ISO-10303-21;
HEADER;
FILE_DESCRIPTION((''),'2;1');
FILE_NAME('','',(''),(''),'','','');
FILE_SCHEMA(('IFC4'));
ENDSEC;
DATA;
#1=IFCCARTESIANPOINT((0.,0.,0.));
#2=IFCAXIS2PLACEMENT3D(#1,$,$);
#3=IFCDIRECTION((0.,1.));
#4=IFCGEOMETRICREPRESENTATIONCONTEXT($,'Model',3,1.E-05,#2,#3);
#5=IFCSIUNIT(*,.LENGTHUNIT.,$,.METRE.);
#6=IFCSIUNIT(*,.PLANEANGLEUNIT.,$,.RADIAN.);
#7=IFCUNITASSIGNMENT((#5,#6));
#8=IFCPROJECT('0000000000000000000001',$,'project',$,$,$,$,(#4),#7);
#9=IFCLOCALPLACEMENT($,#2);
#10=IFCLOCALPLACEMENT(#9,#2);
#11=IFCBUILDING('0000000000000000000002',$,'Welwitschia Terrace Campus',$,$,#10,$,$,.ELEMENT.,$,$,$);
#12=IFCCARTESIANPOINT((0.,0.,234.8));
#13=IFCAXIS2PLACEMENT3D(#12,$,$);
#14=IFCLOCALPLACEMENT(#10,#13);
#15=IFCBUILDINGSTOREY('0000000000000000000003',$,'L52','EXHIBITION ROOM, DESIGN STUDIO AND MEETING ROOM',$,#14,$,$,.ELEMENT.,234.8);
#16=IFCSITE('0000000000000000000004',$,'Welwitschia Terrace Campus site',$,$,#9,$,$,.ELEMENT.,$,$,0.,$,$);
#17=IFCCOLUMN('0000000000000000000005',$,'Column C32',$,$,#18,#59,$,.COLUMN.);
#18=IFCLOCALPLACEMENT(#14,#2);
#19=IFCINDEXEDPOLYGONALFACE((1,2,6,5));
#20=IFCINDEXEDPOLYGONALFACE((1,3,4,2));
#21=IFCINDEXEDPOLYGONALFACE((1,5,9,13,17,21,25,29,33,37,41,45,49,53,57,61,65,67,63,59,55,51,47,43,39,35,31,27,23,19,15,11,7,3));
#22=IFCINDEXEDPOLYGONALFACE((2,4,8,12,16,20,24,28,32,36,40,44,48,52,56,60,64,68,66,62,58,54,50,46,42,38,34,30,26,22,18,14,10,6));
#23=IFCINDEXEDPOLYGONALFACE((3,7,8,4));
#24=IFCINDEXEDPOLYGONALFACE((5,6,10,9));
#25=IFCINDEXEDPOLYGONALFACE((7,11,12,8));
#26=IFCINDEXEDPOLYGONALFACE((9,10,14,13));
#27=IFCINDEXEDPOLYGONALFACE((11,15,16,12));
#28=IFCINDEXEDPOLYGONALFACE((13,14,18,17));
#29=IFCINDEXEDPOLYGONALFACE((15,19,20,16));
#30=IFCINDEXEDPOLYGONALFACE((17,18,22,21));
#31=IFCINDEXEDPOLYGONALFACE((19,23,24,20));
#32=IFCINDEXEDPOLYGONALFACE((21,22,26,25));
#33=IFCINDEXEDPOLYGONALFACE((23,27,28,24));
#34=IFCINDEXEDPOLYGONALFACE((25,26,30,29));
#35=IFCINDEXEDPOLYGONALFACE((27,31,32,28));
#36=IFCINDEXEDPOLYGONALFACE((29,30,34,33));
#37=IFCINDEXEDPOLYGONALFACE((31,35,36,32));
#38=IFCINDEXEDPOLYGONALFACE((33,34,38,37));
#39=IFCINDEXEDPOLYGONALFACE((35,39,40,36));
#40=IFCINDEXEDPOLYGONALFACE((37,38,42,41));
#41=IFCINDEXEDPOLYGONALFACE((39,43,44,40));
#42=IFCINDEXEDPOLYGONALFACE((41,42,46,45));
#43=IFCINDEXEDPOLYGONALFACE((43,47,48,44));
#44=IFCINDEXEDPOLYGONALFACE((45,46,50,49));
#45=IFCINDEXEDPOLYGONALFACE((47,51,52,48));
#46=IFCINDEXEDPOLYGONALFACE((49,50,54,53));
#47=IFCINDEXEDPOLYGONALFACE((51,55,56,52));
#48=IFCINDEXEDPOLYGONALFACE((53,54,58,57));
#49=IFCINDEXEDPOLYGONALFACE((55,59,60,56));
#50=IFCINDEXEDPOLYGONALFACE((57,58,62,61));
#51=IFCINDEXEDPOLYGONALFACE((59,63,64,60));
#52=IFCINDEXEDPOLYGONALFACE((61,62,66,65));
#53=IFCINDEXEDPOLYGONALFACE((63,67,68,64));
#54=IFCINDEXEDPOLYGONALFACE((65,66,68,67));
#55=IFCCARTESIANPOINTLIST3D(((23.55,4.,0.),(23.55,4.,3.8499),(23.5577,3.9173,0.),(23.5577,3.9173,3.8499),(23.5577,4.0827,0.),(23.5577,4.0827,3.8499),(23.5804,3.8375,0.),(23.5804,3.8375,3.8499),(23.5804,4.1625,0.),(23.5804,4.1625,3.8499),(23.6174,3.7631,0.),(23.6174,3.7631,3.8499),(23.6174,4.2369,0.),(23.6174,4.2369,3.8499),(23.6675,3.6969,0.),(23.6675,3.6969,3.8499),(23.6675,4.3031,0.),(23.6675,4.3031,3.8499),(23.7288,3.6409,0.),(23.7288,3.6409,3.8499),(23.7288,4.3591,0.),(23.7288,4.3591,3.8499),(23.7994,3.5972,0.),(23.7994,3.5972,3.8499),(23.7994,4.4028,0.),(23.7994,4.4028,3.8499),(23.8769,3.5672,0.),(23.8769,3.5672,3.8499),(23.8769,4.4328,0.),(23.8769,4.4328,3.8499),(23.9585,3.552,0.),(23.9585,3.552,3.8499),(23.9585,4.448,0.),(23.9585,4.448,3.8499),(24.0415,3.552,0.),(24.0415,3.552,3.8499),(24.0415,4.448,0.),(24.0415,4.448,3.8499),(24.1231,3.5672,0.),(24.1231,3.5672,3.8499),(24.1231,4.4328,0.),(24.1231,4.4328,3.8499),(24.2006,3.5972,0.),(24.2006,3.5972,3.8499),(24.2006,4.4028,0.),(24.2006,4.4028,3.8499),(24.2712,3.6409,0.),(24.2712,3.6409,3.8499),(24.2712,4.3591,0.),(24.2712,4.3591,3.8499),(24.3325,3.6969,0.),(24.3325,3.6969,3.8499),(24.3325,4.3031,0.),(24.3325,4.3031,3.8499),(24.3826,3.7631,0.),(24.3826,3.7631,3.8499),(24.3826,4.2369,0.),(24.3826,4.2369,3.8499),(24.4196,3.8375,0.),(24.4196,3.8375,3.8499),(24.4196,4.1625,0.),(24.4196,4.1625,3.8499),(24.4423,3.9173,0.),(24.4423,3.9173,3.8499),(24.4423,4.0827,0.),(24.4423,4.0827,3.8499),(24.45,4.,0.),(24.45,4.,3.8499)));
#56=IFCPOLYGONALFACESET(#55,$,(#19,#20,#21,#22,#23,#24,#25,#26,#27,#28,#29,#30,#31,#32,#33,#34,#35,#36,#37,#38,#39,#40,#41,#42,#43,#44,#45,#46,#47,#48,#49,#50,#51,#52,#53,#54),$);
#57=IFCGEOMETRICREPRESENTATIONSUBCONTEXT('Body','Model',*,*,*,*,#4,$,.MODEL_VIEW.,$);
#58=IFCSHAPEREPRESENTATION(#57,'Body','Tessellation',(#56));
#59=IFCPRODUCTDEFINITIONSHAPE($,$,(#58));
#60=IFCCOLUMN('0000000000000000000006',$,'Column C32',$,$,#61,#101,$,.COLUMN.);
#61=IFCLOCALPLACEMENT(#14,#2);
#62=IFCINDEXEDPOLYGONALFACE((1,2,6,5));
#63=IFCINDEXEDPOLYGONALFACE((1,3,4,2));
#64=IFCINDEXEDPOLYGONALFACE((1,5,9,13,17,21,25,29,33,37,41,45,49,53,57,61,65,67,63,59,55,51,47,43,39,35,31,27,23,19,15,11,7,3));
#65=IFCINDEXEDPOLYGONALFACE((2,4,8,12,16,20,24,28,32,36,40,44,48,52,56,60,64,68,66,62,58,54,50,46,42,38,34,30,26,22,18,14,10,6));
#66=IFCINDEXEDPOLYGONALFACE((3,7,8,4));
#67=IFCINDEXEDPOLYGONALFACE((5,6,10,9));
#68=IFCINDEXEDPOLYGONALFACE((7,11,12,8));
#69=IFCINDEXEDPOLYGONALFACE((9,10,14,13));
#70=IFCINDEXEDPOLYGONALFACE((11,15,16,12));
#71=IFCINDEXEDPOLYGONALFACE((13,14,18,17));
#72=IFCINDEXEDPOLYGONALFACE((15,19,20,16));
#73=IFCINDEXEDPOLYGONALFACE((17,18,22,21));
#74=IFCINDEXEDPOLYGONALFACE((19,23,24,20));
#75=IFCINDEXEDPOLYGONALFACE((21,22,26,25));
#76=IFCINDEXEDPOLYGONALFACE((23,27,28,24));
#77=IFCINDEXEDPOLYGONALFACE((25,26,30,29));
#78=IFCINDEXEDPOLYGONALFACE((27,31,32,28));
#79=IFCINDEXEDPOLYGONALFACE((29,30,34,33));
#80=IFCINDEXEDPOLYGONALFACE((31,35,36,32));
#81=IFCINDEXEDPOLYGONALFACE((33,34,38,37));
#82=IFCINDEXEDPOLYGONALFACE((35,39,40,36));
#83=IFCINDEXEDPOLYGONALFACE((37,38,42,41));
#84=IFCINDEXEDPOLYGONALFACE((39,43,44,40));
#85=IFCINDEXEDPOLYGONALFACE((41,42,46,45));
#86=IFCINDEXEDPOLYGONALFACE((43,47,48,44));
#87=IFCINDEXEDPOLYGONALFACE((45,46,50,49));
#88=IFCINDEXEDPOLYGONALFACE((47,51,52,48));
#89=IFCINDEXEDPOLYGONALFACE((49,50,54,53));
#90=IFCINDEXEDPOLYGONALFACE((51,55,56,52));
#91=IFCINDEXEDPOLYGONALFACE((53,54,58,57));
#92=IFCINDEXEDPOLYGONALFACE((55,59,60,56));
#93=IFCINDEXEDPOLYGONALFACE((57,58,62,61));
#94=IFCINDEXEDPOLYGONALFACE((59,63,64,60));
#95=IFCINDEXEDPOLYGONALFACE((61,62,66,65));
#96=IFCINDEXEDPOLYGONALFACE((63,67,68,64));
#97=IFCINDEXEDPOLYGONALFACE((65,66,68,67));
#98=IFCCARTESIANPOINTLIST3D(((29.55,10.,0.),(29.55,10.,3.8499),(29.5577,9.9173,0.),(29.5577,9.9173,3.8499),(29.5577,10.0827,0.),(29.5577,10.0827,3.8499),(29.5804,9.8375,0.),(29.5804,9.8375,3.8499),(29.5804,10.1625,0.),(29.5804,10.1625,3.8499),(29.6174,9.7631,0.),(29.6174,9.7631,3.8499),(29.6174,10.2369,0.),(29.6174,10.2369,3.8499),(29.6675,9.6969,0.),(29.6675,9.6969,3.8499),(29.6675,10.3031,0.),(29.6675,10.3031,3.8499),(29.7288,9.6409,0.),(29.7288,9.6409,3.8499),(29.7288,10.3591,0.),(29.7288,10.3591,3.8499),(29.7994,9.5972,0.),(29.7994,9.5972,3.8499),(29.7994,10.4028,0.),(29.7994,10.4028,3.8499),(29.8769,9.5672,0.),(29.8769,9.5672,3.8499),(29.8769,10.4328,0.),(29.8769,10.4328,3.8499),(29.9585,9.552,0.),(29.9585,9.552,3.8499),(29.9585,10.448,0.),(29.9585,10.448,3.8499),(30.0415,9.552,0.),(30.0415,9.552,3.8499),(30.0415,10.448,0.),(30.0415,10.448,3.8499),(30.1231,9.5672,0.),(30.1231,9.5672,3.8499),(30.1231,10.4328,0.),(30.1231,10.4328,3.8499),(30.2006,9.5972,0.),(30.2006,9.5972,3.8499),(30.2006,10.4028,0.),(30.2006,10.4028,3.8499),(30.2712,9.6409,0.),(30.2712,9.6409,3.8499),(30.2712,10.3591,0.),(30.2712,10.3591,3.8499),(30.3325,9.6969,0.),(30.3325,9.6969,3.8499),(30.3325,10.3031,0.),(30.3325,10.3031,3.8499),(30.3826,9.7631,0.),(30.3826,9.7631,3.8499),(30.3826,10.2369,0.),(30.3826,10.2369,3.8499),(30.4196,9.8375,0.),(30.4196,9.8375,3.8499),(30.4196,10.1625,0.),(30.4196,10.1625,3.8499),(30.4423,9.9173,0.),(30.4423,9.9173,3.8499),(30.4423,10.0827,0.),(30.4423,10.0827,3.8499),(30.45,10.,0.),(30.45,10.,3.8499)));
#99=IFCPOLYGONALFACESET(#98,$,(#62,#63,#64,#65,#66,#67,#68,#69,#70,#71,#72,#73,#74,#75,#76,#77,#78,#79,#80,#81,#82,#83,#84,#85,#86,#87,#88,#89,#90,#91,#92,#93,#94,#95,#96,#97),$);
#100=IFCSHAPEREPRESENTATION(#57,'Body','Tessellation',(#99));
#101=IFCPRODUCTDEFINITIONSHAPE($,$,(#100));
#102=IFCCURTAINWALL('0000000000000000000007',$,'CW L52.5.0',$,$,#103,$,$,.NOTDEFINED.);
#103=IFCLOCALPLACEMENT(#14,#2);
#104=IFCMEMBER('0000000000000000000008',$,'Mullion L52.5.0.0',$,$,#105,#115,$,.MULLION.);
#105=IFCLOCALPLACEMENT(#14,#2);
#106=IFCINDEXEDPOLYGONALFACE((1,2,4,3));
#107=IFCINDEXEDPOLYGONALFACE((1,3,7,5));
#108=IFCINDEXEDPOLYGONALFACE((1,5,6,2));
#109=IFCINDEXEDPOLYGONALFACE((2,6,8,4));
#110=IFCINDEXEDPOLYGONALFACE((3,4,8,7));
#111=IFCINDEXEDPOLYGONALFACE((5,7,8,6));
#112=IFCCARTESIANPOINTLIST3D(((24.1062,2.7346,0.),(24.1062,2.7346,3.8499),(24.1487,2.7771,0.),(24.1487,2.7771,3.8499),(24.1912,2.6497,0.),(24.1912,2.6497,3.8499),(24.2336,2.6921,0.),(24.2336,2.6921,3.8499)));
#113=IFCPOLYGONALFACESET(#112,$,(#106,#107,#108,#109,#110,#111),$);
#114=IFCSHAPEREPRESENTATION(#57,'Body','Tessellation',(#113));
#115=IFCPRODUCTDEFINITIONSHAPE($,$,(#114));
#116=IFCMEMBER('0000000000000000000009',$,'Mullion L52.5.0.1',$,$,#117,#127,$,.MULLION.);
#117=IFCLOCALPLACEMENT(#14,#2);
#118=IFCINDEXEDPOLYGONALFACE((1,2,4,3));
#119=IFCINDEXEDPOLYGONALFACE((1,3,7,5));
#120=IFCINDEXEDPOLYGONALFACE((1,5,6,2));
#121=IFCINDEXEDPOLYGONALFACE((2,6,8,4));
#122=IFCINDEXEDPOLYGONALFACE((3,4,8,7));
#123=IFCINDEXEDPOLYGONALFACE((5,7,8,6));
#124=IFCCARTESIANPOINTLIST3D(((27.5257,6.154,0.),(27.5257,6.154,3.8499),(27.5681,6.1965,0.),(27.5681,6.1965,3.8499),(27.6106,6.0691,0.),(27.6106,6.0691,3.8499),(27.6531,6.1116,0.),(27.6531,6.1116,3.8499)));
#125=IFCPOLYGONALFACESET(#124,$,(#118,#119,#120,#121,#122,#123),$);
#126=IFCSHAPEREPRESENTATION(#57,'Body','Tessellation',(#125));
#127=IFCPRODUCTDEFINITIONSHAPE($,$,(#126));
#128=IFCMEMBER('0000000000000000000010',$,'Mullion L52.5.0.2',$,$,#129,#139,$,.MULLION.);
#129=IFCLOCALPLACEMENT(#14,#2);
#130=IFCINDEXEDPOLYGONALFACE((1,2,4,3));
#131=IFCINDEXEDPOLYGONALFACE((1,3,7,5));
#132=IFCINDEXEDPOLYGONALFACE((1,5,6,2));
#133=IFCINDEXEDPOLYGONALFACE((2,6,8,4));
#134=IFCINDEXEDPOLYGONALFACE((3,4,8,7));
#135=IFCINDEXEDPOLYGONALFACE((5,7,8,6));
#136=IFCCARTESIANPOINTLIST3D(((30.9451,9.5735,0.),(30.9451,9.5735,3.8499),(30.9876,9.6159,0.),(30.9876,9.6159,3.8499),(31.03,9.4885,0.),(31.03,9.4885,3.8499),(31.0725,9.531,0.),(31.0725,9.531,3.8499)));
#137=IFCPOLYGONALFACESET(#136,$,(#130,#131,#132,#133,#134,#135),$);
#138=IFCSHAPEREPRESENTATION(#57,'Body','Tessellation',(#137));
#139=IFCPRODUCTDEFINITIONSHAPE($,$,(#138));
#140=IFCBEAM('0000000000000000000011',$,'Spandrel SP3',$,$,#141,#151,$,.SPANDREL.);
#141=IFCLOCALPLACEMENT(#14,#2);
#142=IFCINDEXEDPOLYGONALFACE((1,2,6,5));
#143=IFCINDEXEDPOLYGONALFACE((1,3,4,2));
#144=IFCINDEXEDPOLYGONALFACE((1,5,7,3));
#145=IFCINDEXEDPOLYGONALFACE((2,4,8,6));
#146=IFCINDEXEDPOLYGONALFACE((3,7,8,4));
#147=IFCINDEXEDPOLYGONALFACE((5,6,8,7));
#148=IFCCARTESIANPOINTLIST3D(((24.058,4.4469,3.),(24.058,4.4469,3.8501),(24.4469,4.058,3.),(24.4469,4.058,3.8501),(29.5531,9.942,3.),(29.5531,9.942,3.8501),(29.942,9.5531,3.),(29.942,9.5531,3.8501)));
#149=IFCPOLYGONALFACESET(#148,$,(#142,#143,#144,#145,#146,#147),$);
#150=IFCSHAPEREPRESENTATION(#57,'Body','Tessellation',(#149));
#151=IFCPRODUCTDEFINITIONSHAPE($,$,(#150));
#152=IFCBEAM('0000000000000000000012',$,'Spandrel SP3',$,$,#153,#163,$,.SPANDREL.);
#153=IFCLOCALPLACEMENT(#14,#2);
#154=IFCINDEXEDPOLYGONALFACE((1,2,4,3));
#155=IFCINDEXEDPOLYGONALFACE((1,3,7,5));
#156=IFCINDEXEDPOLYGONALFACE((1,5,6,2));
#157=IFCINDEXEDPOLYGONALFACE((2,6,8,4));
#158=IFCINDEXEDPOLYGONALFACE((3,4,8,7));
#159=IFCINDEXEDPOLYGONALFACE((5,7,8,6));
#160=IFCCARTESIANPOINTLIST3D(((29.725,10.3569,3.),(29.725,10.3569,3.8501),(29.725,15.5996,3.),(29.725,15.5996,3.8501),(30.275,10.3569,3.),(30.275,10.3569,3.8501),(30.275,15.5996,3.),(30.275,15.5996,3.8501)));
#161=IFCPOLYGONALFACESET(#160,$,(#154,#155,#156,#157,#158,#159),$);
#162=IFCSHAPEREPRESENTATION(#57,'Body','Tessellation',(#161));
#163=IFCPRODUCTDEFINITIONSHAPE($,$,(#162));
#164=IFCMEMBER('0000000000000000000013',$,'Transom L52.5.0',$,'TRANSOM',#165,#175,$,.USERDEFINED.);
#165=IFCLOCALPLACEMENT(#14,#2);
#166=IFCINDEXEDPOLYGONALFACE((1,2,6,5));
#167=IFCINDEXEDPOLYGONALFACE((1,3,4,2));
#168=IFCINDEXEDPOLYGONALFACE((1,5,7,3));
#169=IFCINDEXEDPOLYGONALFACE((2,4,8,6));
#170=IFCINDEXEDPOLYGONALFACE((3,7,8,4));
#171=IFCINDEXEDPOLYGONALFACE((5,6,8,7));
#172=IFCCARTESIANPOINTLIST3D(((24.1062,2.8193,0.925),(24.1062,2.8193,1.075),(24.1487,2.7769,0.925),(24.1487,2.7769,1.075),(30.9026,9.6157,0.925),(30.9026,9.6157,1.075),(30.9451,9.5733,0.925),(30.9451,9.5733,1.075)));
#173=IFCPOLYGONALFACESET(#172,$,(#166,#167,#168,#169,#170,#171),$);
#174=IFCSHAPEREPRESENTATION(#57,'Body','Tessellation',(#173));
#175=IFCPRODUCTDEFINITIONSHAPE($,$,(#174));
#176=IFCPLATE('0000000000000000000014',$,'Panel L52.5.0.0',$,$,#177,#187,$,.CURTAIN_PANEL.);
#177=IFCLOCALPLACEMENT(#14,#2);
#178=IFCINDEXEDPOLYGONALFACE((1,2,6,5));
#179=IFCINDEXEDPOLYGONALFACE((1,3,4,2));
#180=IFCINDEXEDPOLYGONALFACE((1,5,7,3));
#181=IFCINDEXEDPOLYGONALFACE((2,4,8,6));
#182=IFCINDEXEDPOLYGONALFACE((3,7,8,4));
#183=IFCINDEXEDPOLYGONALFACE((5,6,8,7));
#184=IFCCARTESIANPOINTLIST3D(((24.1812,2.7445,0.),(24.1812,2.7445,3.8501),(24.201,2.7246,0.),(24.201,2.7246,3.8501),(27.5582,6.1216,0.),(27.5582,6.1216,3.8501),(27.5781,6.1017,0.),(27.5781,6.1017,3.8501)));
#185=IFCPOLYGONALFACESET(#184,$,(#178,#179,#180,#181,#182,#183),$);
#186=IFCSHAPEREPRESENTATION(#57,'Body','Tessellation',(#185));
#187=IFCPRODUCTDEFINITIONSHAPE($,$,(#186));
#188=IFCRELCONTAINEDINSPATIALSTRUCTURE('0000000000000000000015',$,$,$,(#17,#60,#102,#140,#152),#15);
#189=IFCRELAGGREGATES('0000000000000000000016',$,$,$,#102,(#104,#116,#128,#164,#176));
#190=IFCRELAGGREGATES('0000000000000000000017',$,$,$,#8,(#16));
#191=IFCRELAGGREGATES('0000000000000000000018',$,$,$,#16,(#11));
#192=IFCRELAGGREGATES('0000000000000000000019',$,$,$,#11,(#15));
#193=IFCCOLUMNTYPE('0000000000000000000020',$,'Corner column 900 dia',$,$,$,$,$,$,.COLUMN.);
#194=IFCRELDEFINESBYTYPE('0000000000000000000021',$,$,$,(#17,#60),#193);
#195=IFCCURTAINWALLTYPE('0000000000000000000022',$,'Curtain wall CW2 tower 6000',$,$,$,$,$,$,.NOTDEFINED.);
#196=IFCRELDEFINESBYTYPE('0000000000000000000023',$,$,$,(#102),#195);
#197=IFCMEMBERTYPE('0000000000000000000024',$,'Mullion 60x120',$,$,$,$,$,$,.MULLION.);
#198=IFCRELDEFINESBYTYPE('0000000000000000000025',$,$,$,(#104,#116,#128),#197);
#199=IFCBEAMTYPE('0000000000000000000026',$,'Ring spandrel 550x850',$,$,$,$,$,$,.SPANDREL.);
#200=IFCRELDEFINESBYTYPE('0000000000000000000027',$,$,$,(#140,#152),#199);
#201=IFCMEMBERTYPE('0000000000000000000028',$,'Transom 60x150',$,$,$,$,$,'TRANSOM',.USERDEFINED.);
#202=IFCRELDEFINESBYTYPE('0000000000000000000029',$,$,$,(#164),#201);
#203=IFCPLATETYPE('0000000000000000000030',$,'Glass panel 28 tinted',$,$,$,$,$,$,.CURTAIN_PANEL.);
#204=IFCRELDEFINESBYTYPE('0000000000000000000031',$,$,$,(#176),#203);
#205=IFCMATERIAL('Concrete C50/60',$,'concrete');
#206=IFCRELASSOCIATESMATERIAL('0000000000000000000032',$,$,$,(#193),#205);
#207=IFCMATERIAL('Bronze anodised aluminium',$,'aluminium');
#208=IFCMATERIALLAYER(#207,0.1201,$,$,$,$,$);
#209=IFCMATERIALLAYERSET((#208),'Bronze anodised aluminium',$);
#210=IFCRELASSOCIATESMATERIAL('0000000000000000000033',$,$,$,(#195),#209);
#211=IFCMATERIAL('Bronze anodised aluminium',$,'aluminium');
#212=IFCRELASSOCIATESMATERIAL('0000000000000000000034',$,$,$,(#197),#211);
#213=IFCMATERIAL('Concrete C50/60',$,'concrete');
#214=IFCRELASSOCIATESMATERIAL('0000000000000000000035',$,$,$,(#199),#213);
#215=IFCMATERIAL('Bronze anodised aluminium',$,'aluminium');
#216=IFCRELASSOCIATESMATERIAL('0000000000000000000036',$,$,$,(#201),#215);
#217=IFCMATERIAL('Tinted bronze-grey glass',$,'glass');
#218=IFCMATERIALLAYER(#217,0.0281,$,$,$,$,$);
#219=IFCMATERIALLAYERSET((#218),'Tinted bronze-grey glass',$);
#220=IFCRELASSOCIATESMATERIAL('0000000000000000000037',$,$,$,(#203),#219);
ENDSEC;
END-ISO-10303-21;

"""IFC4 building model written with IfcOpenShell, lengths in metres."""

from ifc_helpers import new_model, si_unit, direction, frame, origin, origin_2d, place, context, subcontext, project, spatial, rectangle, circle, extrude, material, layer, layer_set, material_profile, profile_set, type_object, element, aggregate, save


model = new_model("IFC4")

# Units and contexts
model_context = context("Model", 3, precision=1e-05, world=origin(), true_north=direction((0.0, 1.0)))
body_context = subcontext(model_context, "Body", "Model", "MODEL_VIEW")
ifc_project = project(units=[si_unit("LENGTHUNIT", "METRE"), si_unit("PLANEANGLEUNIT", "RADIAN")], contexts=[model_context])

# Site, building, storey
site_placement = place(None, origin())
site = spatial("IfcSite", under=ifc_project, at=site_placement, Name="Welwitschia Terrace Campus site", CompositionType="ELEMENT", RefElevation=0.0)
building_placement = place(site_placement, origin())
building = spatial("IfcBuilding", under=site, at=building_placement, Name="Welwitschia Terrace Campus", CompositionType="ELEMENT")
storey_placement = place(building_placement, frame((0.0, 0.0, 234.8)))
storey = spatial("IfcBuildingStorey", under=building, at=storey_placement, Name="L52", Description="EXHIBITION ROOM, DESIGN STUDIO AND MEETING ROOM", CompositionType="ELEMENT", Elevation=234.8)

# Columns
ifc_material_1 = material(Name="Concrete C50/60", Category="concrete")
ifc_material_profile_1 = material_profile(ifc_material_1, circle(Radius=0.45, at=origin_2d()))
ifc_profile_set_1 = profile_set([ifc_material_profile_1], Name="Concrete C50/60")
column_type = type_object("IfcColumnType", Name="Corner column 900 dia", PredefinedType="COLUMN", material=ifc_profile_set_1)
for number, where, z_axis, x_axis, name in (
    (1, (24.0, 4.0, 0.0), (0.0, 0.0, 1.0), (1.0, 0.0, 0.0), "Column C32"),
    (2, (30.0, 10.0, 0.0), (0.0, 0.0, 1.0), (1.0, 0.0, 0.0), "Column C32"),
):
    element("IfcColumn", number, at=place(storey_placement, frame(where, z_axis=z_axis, x_axis=x_axis)), inside=storey, type_object=column_type, Name=name, PredefinedType="COLUMN", context=body_context, shape_type="SweptSolid", body=[
        extrude(circle(Radius=0.45, at=origin_2d()), origin(), (0.0, 0.0, 1.0), 3.8499),
    ])

# Curtain wall, members
ifc_material_2 = material(Name="Bronze anodised aluminium", Category="aluminium")
ifc_layer_1 = layer(ifc_material_2, 0.1201)
ifc_layer_set_1 = layer_set([ifc_layer_1], Name="Bronze anodised aluminium")
curtain_wall_type = type_object("IfcCurtainWallType", Name="Curtain wall CW2 tower 6000", PredefinedType="NOTDEFINED", material=ifc_layer_set_1)
curtain_wall_placement = place(storey_placement, origin())
curtain_wall = element("IfcCurtainWall", 3, at=curtain_wall_placement, inside=storey, type_object=curtain_wall_type, Name="CW L52.5.0", PredefinedType="NOTDEFINED")
ifc_material_3 = material(Name="Bronze anodised aluminium", Category="aluminium")
ifc_material_profile_2 = material_profile(ifc_material_3, rectangle(XDim=0.1201, YDim=0.0601, at=origin_2d()))
ifc_profile_set_2 = profile_set([ifc_material_profile_2], Name="Bronze anodised aluminium")
member_type_1 = type_object("IfcMemberType", Name="Mullion 60x120", PredefinedType="MULLION", material=ifc_profile_set_2)
member_1_placement = place(storey_placement, frame((24.1699, 2.7134, 0.0), z_axis=(0.0, 0.0, 1.0), x_axis=(-0.707107, 0.707107, 0.0)))
member_1 = element("IfcMember", 4, at=member_1_placement, type_object=member_type_1, Name="Mullion L52.5.0.0", PredefinedType="MULLION", context=body_context, shape_type="SweptSolid", body=[
    extrude(rectangle(XDim=0.1201, YDim=0.0601, at=origin_2d()), origin(), (0.0, 0.0, 1.0), 3.8499),
])
member_2_placement = place(storey_placement, frame((27.5894, 6.1328, 0.0), z_axis=(0.0, 0.0, 1.0), x_axis=(-0.707107, 0.707107, 0.0)))
member_2 = element("IfcMember", 5, at=member_2_placement, type_object=member_type_1, Name="Mullion L52.5.0.1", PredefinedType="MULLION", context=body_context, shape_type="SweptSolid", body=[
    extrude(rectangle(XDim=0.1201, YDim=0.0601, at=origin_2d()), origin(), (0.0, 0.0, 1.0), 3.8499),
])
member_3_placement = place(storey_placement, frame((31.0088, 9.5522, 0.0), z_axis=(0.0, 0.0, 1.0), x_axis=(-0.707107, 0.707107, 0.0)))
member_3 = element("IfcMember", 6, at=member_3_placement, type_object=member_type_1, Name="Mullion L52.5.0.2", PredefinedType="MULLION", context=body_context, shape_type="SweptSolid", body=[
    extrude(rectangle(XDim=0.1201, YDim=0.0601, at=origin_2d()), origin(), (0.0, 0.0, 1.0), 3.8499),
])

# Beams
ifc_material_4 = material(Name="Concrete C50/60", Category="concrete")
ifc_material_profile_3 = material_profile(ifc_material_4, rectangle(XDim=0.55, YDim=0.8501, at=origin_2d()))
ifc_profile_set_3 = profile_set([ifc_material_profile_3], Name="Concrete C50/60")
beam_type = type_object("IfcBeamType", Name="Ring spandrel 550x850", PredefinedType="SPANDREL", material=ifc_profile_set_3)
beam_1_placement = place(storey_placement, frame((24.2524, 4.2524, 3.425), z_axis=(0.707107, 0.707107, 0.0), x_axis=(-0.707107, 0.707107, 0.0)))
element("IfcBeam", 7, at=beam_1_placement, inside=storey, type_object=beam_type, Name="Spandrel SP3", PredefinedType="SPANDREL", context=body_context, shape_type="SweptSolid", body=[
    extrude(rectangle(XDim=0.55, YDim=0.8501, at=origin_2d()), origin(), (0.0, 0.0, 1.0), 7.7712),
])
beam_2_placement = place(storey_placement, frame((30.0, 10.3569, 3.425), z_axis=(0.0, 1.0, 0.0), x_axis=(-1.0, 0.0, 0.0)))
element("IfcBeam", 8, at=beam_2_placement, inside=storey, type_object=beam_type, Name="Spandrel SP3", PredefinedType="SPANDREL", context=body_context, shape_type="SweptSolid", body=[
    extrude(rectangle(XDim=0.55, YDim=0.8501, at=origin_2d()), origin(), (0.0, 0.0, 1.0), 5.2427),
])

# Member
ifc_material_5 = material(Name="Bronze anodised aluminium", Category="aluminium")
ifc_material_profile_4 = material_profile(ifc_material_5, rectangle(XDim=0.0601, YDim=0.1499, at=origin_2d()))
ifc_profile_set_4 = profile_set([ifc_material_profile_4], Name="Bronze anodised aluminium")
member_type_2 = type_object("IfcMemberType", Name="Transom 60x150", ElementType="TRANSOM", PredefinedType="USERDEFINED", material=ifc_profile_set_4)
member_4_placement = place(storey_placement, frame((24.1274, 2.7981, 1.0), z_axis=(0.707107, 0.707107, 0.0), x_axis=(-0.707107, 0.707107, 0.0)))
member_4 = element("IfcMember", 9, at=member_4_placement, type_object=member_type_2, Name="Transom L52.5.0", ObjectType="TRANSOM", PredefinedType="USERDEFINED", context=body_context, shape_type="SweptSolid", body=[
    extrude(rectangle(XDim=0.0601, YDim=0.1499, at=origin_2d()), origin(), (0.0, 0.0, 1.0), 9.6116),
])

# Plate
ifc_material_6 = material(Name="Tinted bronze-grey glass", Category="glass")
ifc_layer_2 = layer(ifc_material_6, 0.0281)
ifc_layer_set_2 = layer_set([ifc_layer_2], Name="Tinted bronze-grey glass")
plate_type = type_object("IfcPlateType", Name="Glass panel 28 tinted", PredefinedType="CURTAIN_PANEL", material=ifc_layer_set_2)
plate_1_placement = place(storey_placement, frame((25.8796, 4.4231, 0.0), z_axis=(0.0, 0.0, 1.0), x_axis=(0.707107, 0.707107, 0.0)))
plate_1 = element("IfcPlate", 10, at=plate_1_placement, type_object=plate_type, Name="Panel L52.5.0.0", PredefinedType="CURTAIN_PANEL", context=body_context, shape_type="SweptSolid", body=[
    extrude(rectangle(XDim=4.7759, YDim=0.0281, at=origin_2d()), origin(), (0.0, 0.0, 1.0), 3.8501),
])
aggregate(curtain_wall, [member_1, member_2, member_3, member_4, plate_1])

save(model, "model.ifc")
